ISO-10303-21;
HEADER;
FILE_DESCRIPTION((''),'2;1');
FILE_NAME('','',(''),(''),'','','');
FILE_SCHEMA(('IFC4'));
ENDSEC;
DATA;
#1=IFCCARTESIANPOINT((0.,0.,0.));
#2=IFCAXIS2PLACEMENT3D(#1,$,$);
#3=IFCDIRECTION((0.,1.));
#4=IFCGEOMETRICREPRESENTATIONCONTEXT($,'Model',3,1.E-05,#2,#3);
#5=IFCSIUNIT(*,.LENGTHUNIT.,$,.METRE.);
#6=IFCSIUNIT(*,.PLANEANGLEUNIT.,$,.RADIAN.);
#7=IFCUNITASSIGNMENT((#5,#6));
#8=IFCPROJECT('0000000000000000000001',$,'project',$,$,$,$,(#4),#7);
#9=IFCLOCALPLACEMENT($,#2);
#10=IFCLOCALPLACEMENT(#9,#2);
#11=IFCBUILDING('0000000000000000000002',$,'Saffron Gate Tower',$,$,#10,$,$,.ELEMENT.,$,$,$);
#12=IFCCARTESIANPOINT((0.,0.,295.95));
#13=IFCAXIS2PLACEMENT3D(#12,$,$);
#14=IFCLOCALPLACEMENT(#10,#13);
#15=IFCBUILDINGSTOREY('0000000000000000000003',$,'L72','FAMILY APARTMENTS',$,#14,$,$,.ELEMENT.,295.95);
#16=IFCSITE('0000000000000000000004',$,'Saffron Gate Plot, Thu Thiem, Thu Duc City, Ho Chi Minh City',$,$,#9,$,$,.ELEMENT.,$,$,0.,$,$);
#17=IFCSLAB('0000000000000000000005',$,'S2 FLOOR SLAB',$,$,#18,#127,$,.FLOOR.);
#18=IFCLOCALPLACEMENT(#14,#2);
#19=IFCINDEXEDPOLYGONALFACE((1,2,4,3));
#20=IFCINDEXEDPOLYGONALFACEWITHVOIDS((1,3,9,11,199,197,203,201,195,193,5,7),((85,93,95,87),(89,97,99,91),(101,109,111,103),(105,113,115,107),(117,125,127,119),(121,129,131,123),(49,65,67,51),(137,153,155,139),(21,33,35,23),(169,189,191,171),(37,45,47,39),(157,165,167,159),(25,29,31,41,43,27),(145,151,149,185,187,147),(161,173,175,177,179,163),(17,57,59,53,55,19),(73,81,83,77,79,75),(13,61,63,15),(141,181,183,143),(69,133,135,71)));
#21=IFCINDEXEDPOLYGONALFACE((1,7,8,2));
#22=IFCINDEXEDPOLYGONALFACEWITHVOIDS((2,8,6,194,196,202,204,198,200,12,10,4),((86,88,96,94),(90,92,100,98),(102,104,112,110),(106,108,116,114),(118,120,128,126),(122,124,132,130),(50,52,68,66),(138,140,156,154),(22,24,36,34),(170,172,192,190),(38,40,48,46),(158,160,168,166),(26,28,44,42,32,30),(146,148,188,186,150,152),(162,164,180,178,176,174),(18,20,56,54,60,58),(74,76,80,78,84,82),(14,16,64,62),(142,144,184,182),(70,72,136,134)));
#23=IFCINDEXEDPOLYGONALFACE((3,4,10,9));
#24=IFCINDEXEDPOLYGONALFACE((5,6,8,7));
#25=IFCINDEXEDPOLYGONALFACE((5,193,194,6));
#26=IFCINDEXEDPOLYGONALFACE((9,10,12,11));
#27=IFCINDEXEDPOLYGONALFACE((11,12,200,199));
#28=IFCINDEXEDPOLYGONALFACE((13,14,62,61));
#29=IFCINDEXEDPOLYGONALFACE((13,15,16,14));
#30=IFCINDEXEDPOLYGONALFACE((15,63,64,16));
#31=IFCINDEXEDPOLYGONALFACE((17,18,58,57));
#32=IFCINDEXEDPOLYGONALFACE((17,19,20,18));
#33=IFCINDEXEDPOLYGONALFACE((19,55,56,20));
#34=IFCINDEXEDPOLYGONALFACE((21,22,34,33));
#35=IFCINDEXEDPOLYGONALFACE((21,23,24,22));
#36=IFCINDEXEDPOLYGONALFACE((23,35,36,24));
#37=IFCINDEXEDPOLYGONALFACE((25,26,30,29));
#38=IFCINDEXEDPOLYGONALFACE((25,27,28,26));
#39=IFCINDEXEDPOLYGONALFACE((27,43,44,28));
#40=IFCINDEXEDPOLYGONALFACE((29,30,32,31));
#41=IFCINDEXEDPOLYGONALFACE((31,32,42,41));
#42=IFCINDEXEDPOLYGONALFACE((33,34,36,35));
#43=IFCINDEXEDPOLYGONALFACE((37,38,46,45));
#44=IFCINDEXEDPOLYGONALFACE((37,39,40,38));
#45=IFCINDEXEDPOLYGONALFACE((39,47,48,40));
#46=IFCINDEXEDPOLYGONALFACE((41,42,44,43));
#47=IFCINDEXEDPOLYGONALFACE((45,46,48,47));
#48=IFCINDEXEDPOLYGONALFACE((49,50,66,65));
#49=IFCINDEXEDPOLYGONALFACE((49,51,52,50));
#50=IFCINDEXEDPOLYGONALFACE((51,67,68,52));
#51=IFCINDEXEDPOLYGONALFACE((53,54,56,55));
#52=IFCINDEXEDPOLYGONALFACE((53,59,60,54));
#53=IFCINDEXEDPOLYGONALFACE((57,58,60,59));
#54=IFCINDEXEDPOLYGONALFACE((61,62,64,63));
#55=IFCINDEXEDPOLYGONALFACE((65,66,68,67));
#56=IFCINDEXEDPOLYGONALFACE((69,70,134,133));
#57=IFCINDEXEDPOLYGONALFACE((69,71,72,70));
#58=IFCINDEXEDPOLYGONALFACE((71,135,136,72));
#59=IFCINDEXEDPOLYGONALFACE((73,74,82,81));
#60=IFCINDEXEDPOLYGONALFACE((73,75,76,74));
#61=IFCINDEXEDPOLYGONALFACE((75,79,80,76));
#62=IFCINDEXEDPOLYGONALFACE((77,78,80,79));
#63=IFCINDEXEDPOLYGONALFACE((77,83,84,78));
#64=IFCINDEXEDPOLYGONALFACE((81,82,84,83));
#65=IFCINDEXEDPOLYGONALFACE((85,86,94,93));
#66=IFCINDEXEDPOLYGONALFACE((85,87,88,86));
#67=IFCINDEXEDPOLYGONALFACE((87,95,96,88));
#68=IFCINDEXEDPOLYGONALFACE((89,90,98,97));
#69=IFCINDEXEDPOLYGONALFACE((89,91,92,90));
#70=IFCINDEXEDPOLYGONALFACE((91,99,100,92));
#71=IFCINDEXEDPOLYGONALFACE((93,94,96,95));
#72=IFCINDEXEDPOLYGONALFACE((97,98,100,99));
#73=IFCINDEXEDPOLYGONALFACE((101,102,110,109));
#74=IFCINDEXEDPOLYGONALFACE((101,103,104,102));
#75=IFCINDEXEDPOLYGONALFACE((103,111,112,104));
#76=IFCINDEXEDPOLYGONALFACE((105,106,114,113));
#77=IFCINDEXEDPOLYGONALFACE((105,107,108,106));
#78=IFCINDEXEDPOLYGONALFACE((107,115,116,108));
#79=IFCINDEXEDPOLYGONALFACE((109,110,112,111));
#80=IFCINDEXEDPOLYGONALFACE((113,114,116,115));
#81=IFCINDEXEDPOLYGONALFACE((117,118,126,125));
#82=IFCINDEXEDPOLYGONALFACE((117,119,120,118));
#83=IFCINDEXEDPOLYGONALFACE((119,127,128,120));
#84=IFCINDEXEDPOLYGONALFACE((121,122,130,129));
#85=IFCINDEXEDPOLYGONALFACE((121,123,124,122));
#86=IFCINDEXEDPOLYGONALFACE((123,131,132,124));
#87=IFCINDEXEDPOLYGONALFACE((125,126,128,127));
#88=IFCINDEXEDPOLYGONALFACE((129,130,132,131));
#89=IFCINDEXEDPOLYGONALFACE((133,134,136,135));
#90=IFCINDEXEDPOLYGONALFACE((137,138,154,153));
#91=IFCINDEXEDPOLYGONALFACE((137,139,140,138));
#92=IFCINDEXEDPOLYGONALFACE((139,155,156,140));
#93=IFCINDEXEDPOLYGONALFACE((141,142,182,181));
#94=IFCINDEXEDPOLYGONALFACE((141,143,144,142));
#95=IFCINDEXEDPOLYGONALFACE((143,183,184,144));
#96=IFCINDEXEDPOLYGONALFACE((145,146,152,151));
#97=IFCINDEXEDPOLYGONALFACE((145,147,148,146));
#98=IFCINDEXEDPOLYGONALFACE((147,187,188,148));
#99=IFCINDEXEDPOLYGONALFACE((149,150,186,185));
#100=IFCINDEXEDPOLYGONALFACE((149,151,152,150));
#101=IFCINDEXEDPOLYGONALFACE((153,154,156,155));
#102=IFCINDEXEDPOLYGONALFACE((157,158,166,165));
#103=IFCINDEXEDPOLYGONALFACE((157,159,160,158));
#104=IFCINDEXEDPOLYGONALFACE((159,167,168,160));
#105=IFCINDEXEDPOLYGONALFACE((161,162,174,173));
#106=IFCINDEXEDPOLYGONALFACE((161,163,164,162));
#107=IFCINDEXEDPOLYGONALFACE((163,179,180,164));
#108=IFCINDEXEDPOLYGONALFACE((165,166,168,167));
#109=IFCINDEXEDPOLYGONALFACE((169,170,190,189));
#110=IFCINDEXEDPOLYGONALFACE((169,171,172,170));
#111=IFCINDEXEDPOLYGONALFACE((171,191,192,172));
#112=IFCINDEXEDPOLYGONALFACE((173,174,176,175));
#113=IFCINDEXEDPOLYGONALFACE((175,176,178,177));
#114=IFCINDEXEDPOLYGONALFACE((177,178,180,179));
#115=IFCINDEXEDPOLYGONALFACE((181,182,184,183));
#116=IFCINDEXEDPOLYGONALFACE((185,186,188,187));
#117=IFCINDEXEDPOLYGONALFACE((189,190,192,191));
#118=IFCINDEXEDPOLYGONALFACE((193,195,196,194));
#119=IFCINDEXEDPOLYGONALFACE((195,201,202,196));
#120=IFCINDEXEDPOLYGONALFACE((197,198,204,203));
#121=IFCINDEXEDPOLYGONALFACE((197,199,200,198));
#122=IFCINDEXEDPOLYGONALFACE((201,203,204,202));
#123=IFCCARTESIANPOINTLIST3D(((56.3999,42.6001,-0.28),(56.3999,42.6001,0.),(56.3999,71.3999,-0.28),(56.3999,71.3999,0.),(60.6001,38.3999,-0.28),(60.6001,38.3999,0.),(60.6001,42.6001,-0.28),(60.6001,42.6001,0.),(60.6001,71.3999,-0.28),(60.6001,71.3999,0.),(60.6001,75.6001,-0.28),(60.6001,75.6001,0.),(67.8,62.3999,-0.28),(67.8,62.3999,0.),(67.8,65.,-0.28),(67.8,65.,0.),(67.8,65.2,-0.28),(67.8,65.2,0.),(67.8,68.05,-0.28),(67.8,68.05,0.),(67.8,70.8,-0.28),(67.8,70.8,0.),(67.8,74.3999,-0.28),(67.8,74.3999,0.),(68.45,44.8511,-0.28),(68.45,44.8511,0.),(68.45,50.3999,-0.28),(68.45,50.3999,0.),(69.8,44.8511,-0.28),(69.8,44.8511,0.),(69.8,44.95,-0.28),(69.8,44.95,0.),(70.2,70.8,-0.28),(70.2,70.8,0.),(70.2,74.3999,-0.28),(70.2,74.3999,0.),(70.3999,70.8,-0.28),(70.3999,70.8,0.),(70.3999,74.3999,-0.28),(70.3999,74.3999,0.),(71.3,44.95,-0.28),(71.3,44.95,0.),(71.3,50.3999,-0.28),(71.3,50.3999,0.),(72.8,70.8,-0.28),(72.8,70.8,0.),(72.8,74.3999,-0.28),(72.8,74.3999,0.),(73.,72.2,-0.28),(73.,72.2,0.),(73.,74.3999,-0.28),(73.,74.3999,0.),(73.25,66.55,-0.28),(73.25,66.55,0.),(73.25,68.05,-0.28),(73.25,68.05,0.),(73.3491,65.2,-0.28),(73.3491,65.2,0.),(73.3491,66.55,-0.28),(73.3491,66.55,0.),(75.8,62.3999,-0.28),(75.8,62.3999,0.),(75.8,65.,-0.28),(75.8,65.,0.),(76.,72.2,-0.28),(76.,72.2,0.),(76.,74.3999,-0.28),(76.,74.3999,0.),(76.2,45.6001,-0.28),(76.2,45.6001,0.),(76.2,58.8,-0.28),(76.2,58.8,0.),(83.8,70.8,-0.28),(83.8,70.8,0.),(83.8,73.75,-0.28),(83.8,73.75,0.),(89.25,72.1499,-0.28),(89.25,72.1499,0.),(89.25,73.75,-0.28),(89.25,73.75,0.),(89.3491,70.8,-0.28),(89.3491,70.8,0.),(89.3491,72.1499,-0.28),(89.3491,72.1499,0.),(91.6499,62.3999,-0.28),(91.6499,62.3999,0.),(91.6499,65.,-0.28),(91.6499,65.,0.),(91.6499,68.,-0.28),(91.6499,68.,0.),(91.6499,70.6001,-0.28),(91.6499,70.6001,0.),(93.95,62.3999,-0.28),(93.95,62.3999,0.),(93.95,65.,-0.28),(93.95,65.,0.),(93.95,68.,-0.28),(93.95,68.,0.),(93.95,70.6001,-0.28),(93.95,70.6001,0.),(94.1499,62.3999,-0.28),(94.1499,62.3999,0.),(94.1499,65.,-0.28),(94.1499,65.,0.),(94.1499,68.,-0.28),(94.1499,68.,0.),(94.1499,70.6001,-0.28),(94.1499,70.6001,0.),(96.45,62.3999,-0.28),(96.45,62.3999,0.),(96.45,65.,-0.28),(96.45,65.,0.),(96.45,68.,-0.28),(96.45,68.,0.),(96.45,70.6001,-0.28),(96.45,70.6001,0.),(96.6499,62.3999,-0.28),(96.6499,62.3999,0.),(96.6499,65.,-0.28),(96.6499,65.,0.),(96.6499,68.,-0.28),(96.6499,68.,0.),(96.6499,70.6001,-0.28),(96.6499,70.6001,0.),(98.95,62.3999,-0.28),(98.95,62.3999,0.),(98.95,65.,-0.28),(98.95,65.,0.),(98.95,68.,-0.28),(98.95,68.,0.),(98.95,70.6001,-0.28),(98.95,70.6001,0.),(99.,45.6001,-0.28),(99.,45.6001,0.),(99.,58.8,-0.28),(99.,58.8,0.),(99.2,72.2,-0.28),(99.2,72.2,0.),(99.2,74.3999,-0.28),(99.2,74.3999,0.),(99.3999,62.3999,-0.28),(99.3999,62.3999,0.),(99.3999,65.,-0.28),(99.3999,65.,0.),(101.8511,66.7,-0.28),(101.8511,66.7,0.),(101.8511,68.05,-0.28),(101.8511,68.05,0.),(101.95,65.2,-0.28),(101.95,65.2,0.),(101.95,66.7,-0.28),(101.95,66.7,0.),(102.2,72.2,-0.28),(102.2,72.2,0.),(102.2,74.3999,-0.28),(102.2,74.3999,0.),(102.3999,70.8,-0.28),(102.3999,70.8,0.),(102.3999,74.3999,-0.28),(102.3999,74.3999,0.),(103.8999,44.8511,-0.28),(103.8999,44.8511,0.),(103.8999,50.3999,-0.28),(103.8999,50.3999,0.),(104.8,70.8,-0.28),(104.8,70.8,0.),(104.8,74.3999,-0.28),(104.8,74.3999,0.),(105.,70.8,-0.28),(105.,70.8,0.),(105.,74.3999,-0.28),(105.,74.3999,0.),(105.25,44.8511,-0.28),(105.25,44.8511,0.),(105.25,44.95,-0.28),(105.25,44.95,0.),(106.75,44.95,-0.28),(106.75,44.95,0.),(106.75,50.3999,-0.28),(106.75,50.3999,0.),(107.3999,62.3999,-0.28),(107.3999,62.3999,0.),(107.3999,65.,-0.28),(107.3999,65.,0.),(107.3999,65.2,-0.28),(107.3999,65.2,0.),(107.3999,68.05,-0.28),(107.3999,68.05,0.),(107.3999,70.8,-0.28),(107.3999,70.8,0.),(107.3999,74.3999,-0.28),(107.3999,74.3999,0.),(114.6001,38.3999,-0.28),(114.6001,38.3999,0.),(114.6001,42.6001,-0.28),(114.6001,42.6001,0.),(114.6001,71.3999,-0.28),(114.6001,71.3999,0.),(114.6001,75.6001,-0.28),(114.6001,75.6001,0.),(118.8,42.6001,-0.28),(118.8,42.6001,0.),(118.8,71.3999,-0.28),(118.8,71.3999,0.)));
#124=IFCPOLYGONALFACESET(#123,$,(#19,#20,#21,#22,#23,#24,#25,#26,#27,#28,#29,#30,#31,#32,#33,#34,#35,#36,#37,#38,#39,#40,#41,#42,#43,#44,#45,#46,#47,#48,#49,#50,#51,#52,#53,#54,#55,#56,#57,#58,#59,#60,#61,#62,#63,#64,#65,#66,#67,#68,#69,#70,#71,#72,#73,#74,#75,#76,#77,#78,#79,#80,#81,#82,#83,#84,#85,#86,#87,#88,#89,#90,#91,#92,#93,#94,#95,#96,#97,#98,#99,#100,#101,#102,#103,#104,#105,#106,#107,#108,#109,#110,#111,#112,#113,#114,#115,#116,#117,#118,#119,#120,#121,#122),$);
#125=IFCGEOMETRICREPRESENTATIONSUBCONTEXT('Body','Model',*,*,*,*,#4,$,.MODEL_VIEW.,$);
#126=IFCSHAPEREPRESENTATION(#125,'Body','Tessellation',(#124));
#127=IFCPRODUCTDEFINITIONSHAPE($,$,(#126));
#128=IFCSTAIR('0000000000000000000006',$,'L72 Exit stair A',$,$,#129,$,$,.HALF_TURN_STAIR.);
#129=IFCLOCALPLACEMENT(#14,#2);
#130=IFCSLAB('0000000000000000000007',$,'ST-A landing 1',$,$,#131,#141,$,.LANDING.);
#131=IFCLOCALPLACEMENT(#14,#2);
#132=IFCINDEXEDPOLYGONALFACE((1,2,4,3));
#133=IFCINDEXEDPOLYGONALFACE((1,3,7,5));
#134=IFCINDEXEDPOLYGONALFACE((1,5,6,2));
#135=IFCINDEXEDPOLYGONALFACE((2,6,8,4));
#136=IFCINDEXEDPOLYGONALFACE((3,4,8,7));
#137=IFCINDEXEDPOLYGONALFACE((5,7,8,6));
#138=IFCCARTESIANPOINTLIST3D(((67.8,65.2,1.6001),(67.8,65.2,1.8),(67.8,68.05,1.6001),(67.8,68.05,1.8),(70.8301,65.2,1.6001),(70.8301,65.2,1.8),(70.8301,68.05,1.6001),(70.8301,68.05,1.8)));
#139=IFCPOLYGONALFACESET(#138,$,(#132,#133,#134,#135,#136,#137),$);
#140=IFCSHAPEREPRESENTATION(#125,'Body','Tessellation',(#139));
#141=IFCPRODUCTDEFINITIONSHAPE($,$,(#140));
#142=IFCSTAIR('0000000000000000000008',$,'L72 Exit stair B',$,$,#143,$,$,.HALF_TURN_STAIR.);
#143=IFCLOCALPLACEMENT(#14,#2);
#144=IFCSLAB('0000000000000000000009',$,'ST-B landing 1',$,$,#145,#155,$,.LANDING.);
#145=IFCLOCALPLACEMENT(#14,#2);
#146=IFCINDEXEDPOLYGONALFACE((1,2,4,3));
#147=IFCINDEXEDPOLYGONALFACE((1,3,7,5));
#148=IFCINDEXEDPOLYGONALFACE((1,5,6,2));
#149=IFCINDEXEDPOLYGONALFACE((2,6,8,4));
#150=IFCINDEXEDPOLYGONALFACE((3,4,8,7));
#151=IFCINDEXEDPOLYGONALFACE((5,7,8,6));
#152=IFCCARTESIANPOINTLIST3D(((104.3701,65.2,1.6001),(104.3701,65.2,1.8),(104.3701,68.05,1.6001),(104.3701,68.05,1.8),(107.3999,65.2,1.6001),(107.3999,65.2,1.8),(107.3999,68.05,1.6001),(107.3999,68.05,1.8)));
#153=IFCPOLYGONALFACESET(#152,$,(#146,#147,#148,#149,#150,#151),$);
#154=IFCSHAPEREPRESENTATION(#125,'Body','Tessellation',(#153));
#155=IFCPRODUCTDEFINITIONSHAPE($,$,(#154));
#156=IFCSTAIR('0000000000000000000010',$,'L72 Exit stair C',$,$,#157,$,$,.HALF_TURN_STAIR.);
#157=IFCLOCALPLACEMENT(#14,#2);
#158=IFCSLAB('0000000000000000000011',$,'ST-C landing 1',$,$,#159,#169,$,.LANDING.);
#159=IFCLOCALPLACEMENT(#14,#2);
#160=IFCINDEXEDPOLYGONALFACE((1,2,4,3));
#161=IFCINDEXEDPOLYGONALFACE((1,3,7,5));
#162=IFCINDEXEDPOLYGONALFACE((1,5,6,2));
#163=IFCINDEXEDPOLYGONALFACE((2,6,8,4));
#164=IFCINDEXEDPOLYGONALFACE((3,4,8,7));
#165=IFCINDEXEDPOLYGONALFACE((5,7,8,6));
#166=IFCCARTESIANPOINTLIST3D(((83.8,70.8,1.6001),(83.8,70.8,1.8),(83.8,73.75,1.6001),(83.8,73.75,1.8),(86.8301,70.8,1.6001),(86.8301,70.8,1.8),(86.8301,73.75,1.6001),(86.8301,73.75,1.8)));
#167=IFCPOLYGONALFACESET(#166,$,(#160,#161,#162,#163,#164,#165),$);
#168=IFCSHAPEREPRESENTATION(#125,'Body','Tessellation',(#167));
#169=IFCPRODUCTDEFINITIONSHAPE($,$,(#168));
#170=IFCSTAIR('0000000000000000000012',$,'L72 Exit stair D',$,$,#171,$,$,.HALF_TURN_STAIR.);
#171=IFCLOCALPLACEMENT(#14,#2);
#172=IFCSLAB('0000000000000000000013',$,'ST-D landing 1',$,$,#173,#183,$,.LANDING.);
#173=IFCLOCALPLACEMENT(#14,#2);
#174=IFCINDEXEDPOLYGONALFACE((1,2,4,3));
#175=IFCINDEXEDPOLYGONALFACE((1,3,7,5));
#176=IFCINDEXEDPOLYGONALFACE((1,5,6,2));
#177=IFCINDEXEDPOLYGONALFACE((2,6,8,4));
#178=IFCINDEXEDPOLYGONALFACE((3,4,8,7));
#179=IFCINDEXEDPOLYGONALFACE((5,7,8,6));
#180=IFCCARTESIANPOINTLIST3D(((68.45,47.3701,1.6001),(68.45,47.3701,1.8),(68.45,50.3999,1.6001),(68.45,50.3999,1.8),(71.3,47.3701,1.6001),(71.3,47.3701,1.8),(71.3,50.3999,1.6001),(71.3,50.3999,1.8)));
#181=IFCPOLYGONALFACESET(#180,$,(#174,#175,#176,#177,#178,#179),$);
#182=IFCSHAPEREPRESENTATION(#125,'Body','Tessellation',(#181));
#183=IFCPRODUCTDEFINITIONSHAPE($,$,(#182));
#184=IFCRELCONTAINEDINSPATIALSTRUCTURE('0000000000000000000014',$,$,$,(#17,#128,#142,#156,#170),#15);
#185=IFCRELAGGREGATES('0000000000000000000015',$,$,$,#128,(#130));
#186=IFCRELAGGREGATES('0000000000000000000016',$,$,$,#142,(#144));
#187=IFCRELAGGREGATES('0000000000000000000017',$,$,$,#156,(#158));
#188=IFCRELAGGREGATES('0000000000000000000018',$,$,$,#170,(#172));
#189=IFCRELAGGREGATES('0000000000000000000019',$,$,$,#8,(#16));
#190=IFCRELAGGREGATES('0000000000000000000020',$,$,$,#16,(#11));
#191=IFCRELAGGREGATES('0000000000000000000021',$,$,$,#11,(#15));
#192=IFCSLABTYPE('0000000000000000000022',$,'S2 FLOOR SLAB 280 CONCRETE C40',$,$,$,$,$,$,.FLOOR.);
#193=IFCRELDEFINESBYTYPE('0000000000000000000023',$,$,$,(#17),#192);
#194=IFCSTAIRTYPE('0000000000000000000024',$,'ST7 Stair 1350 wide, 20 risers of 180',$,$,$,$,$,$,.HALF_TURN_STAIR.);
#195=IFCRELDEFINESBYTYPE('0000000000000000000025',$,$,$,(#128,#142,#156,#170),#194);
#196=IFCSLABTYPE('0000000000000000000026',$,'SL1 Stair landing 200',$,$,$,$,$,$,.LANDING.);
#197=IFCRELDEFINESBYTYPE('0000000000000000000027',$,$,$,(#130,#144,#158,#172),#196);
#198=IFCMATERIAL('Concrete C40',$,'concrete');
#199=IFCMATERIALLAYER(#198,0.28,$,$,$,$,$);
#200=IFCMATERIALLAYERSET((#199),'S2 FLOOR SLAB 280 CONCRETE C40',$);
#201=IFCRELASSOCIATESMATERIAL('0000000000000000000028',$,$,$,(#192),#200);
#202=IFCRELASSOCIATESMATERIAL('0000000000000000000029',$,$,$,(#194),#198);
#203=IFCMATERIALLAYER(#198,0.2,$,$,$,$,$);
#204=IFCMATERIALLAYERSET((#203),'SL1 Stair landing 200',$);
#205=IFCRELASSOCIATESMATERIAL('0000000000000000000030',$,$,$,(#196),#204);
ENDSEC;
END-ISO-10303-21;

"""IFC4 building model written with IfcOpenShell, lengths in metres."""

from ifc_helpers import new_model, si_unit, direction, frame, origin, place, context, subcontext, project, spatial, polyline, outline, extrude, material, layer, layer_set, type_object, element, aggregate, save


model = new_model("IFC4")

# Units and contexts
model_context = context("Model", 3, precision=1e-05, world=origin(), true_north=direction((0.0, 1.0)))
body_context = subcontext(model_context, "Body", "Model", "MODEL_VIEW")
ifc_project = project(units=[si_unit("LENGTHUNIT", "METRE"), si_unit("PLANEANGLEUNIT", "RADIAN")], contexts=[model_context])

# Site, building, storey
site_placement = place(None, origin())
site = spatial("IfcSite", under=ifc_project, at=site_placement, Name="Saffron Gate Plot, Thu Thiem, Thu Duc City, Ho Chi Minh City", CompositionType="ELEMENT", RefElevation=0.0)
building_placement = place(site_placement, origin())
building = spatial("IfcBuilding", under=site, at=building_placement, Name="Saffron Gate Tower", CompositionType="ELEMENT")
storey_placement = place(building_placement, frame((0.0, 0.0, 295.95)))
storey = spatial("IfcBuildingStorey", under=building, at=storey_placement, Name="L72", Description="FAMILY APARTMENTS", CompositionType="ELEMENT", Elevation=295.95)

# Slab
ifc_material_1 = material(Name="Concrete C40", Category="concrete")
ifc_layer_1 = layer(ifc_material_1, 0.28)
ifc_layer_set_1 = layer_set([ifc_layer_1], Name="S2 FLOOR SLAB 280 CONCRETE C40")
slab_type_1 = type_object("IfcSlabType", Name="S2 FLOOR SLAB 280 CONCRETE C40", PredefinedType="FLOOR", material=ifc_layer_set_1)
slab_1_placement = place(storey_placement, frame((0.0, 0.0, -0.28)))
element("IfcSlab", 1, at=slab_1_placement, inside=storey, type_object=slab_type_1, Name="S2 FLOOR SLAB", PredefinedType="FLOOR", context=body_context, shape_type="SweptSolid", body=[
    extrude(outline(polyline([(56.3999, 42.6001), (60.6001, 42.6001), (60.6001, 38.3999), (114.6001, 38.3999), (114.6001, 42.6001), (118.8, 42.6001), (118.8, 71.3999), (114.6001, 71.3999), (114.6001, 75.6001), (60.6001, 75.6001), (60.6001, 71.3999), (56.3999, 71.3999), (56.3999, 42.6001)]), holes=[polyline([(67.8, 62.3999), (67.8, 65.0), (75.8, 65.0), (75.8, 62.3999), (67.8, 62.3999)]), polyline([(67.8, 65.2), (67.8, 68.05), (73.25, 68.05), (73.25, 66.55), (73.3491, 66.55), (73.3491, 65.2), (67.8, 65.2)]), polyline([(67.8, 70.8), (67.8, 74.3999), (70.2, 74.3999), (70.2, 70.8), (67.8, 70.8)]), polyline([(68.45, 44.8511), (68.45, 50.3999), (71.3, 50.3999), (71.3, 44.95), (69.8, 44.95), (69.8, 44.8511), (68.45, 44.8511)]), polyline([(70.3999, 70.8), (70.3999, 74.3999), (72.8, 74.3999), (72.8, 70.8), (70.3999, 70.8)]), polyline([(73.0, 72.2), (73.0, 74.3999), (76.0, 74.3999), (76.0, 72.2), (73.0, 72.2)]), polyline([(76.2, 45.6001), (76.2, 58.8), (99.0, 58.8), (99.0, 45.6001), (76.2, 45.6001)]), polyline([(83.8, 70.8), (83.8, 73.75), (89.25, 73.75), (89.25, 72.1499), (89.3491, 72.1499), (89.3491, 70.8), (83.8, 70.8)]), polyline([(91.6499, 62.3999), (91.6499, 65.0), (93.95, 65.0), (93.95, 62.3999), (91.6499, 62.3999)]), polyline([(91.6499, 68.0), (91.6499, 70.6001), (93.95, 70.6001), (93.95, 68.0), (91.6499, 68.0)]), polyline([(94.1499, 62.3999), (94.1499, 65.0), (96.45, 65.0), (96.45, 62.3999), (94.1499, 62.3999)]), polyline([(94.1499, 68.0), (94.1499, 70.6001), (96.45, 70.6001), (96.45, 68.0), (94.1499, 68.0)]), polyline([(96.6499, 62.3999), (96.6499, 65.0), (98.95, 65.0), (98.95, 62.3999), (96.6499, 62.3999)]), polyline([(96.6499, 68.0), (96.6499, 70.6001), (98.95, 70.6001), (98.95, 68.0), (96.6499, 68.0)]), polyline([(99.2, 72.2), (99.2, 74.3999), (102.2, 74.3999), (102.2, 72.2), (99.2, 72.2)]), polyline([(99.3999, 62.3999), (99.3999, 65.0), (107.3999, 65.0), (107.3999, 62.3999), (99.3999, 62.3999)]), polyline([(101.8511, 66.7), (101.8511, 68.05), (107.3999, 68.05), (107.3999, 65.2), (101.95, 65.2), (101.95, 66.7), (101.8511, 66.7)]), polyline([(102.3999, 70.8), (102.3999, 74.3999), (104.8, 74.3999), (104.8, 70.8), (102.3999, 70.8)]), polyline([(103.8999, 44.8511), (103.8999, 50.3999), (106.75, 50.3999), (106.75, 44.95), (105.25, 44.95), (105.25, 44.8511), (103.8999, 44.8511)]), polyline([(105.0, 70.8), (105.0, 74.3999), (107.3999, 74.3999), (107.3999, 70.8), (105.0, 70.8)])]), origin(), (0.0, 0.0, 1.0), 0.28),
])

# Stairs, slabs
stair_type = type_object("IfcStairType", Name="ST7 Stair 1350 wide, 20 risers of 180", PredefinedType="HALF_TURN_STAIR", material=ifc_material_1)
stair_1_placement = place(storey_placement, origin())
stair_1 = element("IfcStair", 2, at=stair_1_placement, inside=storey, type_object=stair_type, Name="L72 Exit stair A", PredefinedType="HALF_TURN_STAIR")
ifc_layer_2 = layer(ifc_material_1, 0.2)
ifc_layer_set_2 = layer_set([ifc_layer_2], Name="SL1 Stair landing 200")
slab_type_2 = type_object("IfcSlabType", Name="SL1 Stair landing 200", PredefinedType="LANDING", material=ifc_layer_set_2)
slab_2_placement = place(storey_placement, frame((0.0, 0.0, 1.6001)))
slab_2 = element("IfcSlab", 3, at=slab_2_placement, type_object=slab_type_2, Name="ST-A landing 1", PredefinedType="LANDING", context=body_context, shape_type="SweptSolid", body=[
    extrude(outline(polyline([(70.8301, 68.05), (67.8, 68.05), (67.8, 65.2), (70.8301, 65.2), (70.8301, 68.05)])), origin(), (0.0, 0.0, 1.0), 0.2),
])
aggregate(stair_1, [slab_2])
stair_2_placement = place(storey_placement, origin())
stair_2 = element("IfcStair", 4, at=stair_2_placement, inside=storey, type_object=stair_type, Name="L72 Exit stair B", PredefinedType="HALF_TURN_STAIR")
slab_3_placement = place(storey_placement, frame((0.0, 0.0, 1.6001)))
slab_3 = element("IfcSlab", 5, at=slab_3_placement, type_object=slab_type_2, Name="ST-B landing 1", PredefinedType="LANDING", context=body_context, shape_type="SweptSolid", body=[
    extrude(outline(polyline([(104.3701, 65.2), (107.3999, 65.2), (107.3999, 68.05), (104.3701, 68.05), (104.3701, 65.2)])), origin(), (0.0, 0.0, 1.0), 0.2),
])
aggregate(stair_2, [slab_3])
stair_3_placement = place(storey_placement, origin())
stair_3 = element("IfcStair", 6, at=stair_3_placement, inside=storey, type_object=stair_type, Name="L72 Exit stair C", PredefinedType="HALF_TURN_STAIR")
slab_4_placement = place(storey_placement, frame((0.0, 0.0, 1.6001)))
slab_4 = element("IfcSlab", 7, at=slab_4_placement, type_object=slab_type_2, Name="ST-C landing 1", PredefinedType="LANDING", context=body_context, shape_type="SweptSolid", body=[
    extrude(outline(polyline([(86.8301, 73.75), (83.8, 73.75), (83.8, 70.8), (86.8301, 70.8), (86.8301, 73.75)])), origin(), (0.0, 0.0, 1.0), 0.2),
])
aggregate(stair_3, [slab_4])
stair_4_placement = place(storey_placement, origin())
stair_4 = element("IfcStair", 8, at=stair_4_placement, inside=storey, type_object=stair_type, Name="L72 Exit stair D", PredefinedType="HALF_TURN_STAIR")
slab_5_placement = place(storey_placement, frame((0.0, 0.0, 1.6001)))
slab_5 = element("IfcSlab", 9, at=slab_5_placement, type_object=slab_type_2, Name="ST-D landing 1", PredefinedType="LANDING", context=body_context, shape_type="SweptSolid", body=[
    extrude(outline(polyline([(71.3, 47.3701), (71.3, 50.3999), (68.45, 50.3999), (68.45, 47.3701), (71.3, 47.3701)])), origin(), (0.0, 0.0, 1.0), 0.2),
])
aggregate(stair_4, [slab_5])

save(model, "model.ifc")
